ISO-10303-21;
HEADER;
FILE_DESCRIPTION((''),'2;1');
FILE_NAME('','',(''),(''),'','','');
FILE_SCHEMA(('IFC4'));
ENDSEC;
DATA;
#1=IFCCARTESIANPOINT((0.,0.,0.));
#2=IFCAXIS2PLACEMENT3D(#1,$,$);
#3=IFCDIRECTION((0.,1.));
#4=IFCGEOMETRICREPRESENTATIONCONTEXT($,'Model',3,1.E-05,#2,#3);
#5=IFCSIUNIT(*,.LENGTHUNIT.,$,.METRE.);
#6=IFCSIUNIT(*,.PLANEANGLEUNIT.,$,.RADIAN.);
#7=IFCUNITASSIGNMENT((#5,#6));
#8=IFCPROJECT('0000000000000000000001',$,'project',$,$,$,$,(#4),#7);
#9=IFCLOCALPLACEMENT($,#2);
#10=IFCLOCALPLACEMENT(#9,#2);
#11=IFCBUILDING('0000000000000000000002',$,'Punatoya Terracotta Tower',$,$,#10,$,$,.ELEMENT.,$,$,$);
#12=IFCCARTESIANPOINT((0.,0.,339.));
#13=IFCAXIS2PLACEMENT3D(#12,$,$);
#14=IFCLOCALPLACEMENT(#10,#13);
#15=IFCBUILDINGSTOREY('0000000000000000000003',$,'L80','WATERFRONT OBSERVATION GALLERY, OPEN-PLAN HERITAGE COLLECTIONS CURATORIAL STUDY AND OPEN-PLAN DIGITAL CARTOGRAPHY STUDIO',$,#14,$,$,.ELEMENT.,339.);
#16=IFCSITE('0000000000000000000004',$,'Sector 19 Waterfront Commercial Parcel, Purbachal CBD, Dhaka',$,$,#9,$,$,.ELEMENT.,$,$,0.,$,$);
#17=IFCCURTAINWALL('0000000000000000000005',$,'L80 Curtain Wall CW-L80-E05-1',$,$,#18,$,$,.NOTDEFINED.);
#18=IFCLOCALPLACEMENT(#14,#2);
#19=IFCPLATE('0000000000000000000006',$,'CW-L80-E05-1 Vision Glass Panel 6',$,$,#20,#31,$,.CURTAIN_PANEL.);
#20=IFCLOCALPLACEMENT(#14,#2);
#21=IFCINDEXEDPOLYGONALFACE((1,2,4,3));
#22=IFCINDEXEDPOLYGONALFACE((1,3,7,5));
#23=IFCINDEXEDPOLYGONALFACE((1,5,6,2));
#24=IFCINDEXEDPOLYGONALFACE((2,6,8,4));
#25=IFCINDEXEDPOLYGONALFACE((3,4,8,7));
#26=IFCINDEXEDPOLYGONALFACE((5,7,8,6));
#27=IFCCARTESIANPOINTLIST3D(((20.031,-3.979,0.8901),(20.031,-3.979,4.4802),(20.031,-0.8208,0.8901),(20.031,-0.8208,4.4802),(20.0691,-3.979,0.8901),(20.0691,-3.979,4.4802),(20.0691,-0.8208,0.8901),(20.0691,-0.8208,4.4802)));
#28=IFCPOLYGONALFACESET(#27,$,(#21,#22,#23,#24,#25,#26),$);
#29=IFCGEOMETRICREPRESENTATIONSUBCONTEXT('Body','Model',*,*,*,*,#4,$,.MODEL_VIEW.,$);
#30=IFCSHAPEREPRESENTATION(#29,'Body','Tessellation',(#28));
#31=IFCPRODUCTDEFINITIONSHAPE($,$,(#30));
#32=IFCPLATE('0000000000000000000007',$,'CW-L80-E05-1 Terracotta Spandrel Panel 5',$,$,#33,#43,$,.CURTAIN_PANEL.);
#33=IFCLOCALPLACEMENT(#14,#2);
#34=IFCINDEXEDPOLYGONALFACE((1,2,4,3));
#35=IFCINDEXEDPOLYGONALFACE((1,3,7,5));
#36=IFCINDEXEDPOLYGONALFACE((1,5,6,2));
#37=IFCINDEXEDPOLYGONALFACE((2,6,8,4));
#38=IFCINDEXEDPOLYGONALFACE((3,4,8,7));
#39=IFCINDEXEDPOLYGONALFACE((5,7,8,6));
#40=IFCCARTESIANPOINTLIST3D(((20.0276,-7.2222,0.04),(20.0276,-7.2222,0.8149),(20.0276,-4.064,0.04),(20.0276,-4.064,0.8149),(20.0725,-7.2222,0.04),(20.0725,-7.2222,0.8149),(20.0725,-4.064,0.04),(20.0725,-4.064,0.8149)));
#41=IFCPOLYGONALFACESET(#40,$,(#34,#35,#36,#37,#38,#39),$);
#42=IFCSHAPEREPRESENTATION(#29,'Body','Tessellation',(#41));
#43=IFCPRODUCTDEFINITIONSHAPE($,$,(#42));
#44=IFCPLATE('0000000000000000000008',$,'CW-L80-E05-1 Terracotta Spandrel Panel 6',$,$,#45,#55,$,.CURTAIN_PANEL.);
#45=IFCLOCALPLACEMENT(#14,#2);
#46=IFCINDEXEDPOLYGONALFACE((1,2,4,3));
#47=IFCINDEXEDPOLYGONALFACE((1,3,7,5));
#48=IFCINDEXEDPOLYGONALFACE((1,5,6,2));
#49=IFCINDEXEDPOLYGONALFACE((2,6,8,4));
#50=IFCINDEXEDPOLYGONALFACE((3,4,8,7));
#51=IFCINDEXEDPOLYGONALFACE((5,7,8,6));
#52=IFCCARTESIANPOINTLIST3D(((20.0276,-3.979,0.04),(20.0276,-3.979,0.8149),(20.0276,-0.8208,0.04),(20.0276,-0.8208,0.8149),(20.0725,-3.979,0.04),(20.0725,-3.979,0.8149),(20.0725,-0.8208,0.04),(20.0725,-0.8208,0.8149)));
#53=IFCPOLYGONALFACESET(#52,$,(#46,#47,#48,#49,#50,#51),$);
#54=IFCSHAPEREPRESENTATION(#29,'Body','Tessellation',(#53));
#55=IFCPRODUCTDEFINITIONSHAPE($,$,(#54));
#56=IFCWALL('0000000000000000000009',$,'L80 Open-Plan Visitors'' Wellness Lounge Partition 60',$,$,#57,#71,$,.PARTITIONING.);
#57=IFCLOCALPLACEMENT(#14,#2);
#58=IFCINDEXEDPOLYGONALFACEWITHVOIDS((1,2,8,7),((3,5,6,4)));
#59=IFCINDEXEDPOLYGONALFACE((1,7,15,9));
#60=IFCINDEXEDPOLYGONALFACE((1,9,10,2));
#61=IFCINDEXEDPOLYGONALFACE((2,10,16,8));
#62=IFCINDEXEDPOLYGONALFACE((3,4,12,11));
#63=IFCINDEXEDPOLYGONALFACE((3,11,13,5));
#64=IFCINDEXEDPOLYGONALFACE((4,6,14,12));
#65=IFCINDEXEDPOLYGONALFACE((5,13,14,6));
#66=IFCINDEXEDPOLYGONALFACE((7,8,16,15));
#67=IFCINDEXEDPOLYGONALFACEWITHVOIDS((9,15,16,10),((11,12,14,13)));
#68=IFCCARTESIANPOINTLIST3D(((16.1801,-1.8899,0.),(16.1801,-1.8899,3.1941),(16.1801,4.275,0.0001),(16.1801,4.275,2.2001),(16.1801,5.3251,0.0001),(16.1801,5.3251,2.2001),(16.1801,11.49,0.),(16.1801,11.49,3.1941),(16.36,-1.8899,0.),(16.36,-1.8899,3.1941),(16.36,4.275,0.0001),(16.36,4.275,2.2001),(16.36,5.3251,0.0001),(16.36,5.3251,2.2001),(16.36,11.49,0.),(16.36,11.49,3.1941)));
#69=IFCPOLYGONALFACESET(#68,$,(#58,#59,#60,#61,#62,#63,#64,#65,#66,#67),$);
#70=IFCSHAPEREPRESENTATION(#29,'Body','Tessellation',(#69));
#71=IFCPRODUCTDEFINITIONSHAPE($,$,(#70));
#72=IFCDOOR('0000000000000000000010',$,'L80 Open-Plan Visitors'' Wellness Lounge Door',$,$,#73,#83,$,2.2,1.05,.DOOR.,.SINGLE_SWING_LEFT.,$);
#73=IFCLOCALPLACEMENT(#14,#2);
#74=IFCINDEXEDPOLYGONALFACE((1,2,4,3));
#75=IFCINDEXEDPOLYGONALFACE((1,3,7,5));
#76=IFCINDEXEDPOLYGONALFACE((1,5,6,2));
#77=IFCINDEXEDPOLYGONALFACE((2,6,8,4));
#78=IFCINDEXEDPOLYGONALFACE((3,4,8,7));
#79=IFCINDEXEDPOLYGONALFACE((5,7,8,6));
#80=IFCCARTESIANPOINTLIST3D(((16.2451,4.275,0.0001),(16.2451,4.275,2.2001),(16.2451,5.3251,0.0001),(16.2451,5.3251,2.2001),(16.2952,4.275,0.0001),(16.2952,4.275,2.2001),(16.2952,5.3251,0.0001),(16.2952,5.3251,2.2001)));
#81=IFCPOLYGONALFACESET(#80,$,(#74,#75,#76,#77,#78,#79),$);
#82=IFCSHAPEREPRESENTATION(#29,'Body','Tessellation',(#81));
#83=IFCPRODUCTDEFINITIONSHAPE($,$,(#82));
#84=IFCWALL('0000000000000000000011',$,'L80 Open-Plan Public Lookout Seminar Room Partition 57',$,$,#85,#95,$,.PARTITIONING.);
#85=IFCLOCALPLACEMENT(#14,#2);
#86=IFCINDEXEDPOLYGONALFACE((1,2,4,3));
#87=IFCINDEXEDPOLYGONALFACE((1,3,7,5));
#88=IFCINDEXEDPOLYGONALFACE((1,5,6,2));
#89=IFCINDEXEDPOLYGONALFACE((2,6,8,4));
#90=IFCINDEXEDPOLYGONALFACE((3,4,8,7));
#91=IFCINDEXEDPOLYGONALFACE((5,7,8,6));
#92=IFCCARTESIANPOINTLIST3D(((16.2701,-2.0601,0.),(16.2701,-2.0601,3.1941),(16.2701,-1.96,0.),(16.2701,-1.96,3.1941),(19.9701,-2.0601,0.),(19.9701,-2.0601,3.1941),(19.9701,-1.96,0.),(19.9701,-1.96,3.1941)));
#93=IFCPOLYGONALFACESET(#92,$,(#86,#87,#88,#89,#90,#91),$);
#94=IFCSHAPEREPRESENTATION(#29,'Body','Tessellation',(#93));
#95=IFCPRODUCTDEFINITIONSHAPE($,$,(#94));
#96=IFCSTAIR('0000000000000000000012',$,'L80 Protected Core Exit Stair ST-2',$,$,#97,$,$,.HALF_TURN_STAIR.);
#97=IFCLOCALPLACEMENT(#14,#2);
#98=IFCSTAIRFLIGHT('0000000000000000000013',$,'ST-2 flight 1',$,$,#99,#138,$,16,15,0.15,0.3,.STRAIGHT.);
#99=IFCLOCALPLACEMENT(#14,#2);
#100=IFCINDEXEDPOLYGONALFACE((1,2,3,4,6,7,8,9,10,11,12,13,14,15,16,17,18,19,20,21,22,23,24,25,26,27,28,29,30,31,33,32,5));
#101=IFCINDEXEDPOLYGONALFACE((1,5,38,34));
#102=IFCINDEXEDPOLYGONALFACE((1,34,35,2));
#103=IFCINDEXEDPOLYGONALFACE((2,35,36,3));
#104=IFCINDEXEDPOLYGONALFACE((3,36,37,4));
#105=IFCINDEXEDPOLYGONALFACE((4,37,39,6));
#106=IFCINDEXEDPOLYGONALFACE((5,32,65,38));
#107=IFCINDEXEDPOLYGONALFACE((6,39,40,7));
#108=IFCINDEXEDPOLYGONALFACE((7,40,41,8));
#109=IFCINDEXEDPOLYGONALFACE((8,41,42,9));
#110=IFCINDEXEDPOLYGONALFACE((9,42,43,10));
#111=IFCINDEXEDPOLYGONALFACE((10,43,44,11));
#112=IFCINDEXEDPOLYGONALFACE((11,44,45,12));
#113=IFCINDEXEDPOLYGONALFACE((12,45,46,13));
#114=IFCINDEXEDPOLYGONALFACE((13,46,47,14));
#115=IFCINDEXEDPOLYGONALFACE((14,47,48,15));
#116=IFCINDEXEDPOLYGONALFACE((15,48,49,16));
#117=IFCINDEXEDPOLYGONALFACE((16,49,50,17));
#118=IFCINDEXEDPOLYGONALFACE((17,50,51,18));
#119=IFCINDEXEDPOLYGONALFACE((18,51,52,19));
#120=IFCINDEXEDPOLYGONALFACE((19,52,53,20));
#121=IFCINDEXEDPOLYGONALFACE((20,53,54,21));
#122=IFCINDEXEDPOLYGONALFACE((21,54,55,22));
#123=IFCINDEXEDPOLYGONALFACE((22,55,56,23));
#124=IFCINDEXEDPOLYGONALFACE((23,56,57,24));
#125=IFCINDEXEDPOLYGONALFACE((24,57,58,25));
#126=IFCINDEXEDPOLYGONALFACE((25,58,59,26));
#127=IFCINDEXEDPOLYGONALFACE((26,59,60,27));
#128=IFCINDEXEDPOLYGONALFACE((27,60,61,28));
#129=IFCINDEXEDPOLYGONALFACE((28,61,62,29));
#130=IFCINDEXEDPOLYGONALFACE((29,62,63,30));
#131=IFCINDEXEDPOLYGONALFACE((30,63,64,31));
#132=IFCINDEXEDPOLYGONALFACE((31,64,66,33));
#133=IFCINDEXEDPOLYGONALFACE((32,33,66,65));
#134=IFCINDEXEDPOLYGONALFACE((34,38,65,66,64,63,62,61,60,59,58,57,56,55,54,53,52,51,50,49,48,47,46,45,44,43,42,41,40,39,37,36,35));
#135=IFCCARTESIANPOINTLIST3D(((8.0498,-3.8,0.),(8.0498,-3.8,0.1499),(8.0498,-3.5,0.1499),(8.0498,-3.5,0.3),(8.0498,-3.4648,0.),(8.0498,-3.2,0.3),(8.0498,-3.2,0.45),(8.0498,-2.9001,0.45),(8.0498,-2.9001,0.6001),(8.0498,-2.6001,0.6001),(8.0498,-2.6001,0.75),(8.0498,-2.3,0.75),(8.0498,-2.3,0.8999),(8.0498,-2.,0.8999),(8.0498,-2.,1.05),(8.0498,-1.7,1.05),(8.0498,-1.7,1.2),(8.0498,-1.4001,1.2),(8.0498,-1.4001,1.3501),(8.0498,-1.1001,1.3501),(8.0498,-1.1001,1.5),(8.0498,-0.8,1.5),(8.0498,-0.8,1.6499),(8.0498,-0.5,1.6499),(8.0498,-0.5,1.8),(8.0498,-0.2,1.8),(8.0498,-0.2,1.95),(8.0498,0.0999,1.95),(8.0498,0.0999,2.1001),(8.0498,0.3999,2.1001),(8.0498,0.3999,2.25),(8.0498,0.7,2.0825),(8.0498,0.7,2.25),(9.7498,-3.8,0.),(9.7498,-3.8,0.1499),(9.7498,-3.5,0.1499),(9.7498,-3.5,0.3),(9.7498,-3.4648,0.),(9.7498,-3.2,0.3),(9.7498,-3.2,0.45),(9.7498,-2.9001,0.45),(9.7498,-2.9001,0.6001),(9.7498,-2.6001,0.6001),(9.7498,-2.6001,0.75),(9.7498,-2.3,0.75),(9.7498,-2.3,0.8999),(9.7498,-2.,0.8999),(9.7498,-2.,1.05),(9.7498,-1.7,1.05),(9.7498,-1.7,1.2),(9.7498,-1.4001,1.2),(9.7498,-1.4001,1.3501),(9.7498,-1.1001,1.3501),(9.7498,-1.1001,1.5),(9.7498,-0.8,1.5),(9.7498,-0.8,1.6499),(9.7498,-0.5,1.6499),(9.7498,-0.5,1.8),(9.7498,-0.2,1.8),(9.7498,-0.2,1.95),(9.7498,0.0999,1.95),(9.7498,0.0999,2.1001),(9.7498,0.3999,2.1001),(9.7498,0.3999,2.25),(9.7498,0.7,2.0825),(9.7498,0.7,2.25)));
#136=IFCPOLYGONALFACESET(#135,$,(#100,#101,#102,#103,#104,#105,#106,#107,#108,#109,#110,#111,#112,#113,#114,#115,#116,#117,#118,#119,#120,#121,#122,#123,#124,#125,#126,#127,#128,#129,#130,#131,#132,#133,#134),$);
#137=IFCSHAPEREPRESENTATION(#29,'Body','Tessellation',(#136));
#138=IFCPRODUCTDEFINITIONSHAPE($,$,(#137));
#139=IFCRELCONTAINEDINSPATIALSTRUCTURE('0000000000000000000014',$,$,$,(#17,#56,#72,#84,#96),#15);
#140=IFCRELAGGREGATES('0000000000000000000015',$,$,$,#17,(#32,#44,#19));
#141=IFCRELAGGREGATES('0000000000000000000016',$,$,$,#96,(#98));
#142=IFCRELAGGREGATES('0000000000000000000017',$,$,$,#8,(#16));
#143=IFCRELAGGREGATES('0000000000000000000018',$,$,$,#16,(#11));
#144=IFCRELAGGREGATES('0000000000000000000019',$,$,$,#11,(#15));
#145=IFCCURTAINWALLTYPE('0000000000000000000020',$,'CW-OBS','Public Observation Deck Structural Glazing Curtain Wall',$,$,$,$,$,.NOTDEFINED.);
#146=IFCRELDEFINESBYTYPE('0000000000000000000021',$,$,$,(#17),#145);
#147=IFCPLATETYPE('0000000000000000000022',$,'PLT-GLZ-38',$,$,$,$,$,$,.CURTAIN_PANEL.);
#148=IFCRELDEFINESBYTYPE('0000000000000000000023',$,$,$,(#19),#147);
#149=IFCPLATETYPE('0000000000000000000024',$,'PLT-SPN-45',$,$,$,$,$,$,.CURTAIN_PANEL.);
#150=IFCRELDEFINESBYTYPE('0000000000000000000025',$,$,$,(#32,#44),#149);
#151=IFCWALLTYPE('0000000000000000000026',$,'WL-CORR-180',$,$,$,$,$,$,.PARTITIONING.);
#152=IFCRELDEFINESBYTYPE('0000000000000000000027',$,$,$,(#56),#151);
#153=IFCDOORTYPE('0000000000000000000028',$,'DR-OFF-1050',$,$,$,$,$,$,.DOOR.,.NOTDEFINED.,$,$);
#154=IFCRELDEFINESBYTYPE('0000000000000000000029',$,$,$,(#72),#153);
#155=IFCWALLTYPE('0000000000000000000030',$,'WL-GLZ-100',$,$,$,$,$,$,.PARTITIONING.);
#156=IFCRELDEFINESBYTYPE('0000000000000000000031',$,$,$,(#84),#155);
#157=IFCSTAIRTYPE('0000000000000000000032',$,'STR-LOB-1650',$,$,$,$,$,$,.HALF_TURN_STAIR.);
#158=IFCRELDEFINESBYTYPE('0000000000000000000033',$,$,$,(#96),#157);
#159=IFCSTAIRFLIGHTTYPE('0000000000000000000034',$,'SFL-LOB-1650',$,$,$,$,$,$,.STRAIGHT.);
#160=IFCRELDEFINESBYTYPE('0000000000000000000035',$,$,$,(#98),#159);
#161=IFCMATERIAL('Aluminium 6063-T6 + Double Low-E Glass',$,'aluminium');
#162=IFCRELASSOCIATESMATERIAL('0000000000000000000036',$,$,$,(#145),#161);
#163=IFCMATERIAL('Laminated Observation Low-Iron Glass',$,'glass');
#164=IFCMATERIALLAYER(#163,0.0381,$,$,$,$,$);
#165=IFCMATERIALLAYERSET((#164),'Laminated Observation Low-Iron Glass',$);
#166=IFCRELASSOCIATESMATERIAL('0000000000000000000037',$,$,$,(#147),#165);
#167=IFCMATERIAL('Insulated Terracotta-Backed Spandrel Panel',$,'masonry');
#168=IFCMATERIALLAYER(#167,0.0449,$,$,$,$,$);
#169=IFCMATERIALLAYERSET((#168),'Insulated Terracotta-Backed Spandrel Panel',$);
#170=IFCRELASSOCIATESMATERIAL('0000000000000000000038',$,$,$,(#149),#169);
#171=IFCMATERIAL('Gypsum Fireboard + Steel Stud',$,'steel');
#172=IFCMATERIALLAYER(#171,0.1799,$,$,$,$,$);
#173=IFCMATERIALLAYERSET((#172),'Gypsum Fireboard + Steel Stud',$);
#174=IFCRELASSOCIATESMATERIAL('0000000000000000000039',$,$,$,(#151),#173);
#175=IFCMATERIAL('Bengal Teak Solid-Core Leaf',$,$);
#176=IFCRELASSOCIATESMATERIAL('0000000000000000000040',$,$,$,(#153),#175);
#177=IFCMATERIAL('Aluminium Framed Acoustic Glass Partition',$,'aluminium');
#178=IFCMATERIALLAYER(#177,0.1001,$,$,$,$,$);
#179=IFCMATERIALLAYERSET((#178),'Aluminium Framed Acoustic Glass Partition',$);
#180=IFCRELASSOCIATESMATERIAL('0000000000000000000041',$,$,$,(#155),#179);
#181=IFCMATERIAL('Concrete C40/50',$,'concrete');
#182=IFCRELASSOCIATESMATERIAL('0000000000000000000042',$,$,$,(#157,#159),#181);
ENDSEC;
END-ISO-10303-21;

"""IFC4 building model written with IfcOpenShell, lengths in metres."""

from ifc_helpers import new_model, si_unit, direction, frame, frame_2d, origin, origin_2d, place, context, subcontext, project, spatial, polyline, rectangle, outline, extrude, material, layer, layer_set, type_object, element, fill, aggregate, save


model = new_model("IFC4")

# Units and contexts
model_context = context("Model", 3, precision=1e-05, world=origin(), true_north=direction((0.0, 1.0)))
body_context = subcontext(model_context, "Body", "Model", "MODEL_VIEW")
ifc_project = project(units=[si_unit("LENGTHUNIT", "METRE"), si_unit("PLANEANGLEUNIT", "RADIAN")], contexts=[model_context])

# Site, building, storey
site_placement = place(None, origin())
site = spatial("IfcSite", under=ifc_project, at=site_placement, Name="Sector 19 Waterfront Commercial Parcel, Purbachal CBD, Dhaka", CompositionType="ELEMENT", RefElevation=0.0)
building_placement = place(site_placement, origin())
building = spatial("IfcBuilding", under=site, at=building_placement, Name="Punatoya Terracotta Tower", CompositionType="ELEMENT")
storey_placement = place(building_placement, frame((0.0, 0.0, 339.0)))
storey = spatial("IfcBuildingStorey", under=building, at=storey_placement, Name="L80", Description="WATERFRONT OBSERVATION GALLERY, OPEN-PLAN HERITAGE COLLECTIONS CURATORIAL STUDY AND OPEN-PLAN DIGITAL CARTOGRAPHY STUDIO", CompositionType="ELEMENT", Elevation=339.0)

# Curtain wall, plates
ifc_material_1 = material(Name="Aluminium 6063-T6 + Double Low-E Glass", Category="aluminium")
curtain_wall_type = type_object("IfcCurtainWallType", Name="CW-OBS", Description="Public Observation Deck Structural Glazing Curtain Wall", PredefinedType="NOTDEFINED", material=ifc_material_1)
curtain_wall_placement = place(storey_placement, origin())
curtain_wall = element("IfcCurtainWall", 1, at=curtain_wall_placement, inside=storey, type_object=curtain_wall_type, Name="L80 Curtain Wall CW-L80-E05-1", PredefinedType="NOTDEFINED")
ifc_material_2 = material(Name="Laminated Observation Low-Iron Glass", Category="glass")
ifc_layer_1 = layer(ifc_material_2, 0.0381)
ifc_layer_set_1 = layer_set([ifc_layer_1], Name="Laminated Observation Low-Iron Glass")
plate_type_1 = type_object("IfcPlateType", Name="PLT-GLZ-38", PredefinedType="CURTAIN_PANEL", material=ifc_layer_set_1)
plate_1_placement = place(storey_placement, frame((20.05, -2.3999, 0.8901), z_axis=(0.0, 0.0, 1.0), x_axis=(0.0, 1.0, 0.0)))
plate_1 = element("IfcPlate", 2, at=plate_1_placement, type_object=plate_type_1, Name="CW-L80-E05-1 Vision Glass Panel 6", PredefinedType="CURTAIN_PANEL", context=body_context, shape_type="SweptSolid", body=[
    extrude(rectangle(XDim=3.1582, YDim=0.0381, at=origin_2d()), origin(), (0.0, 0.0, 1.0), 3.5901),
])
ifc_material_3 = material(Name="Insulated Terracotta-Backed Spandrel Panel", Category="masonry")
ifc_layer_2 = layer(ifc_material_3, 0.0449)
ifc_layer_set_2 = layer_set([ifc_layer_2], Name="Insulated Terracotta-Backed Spandrel Panel")
plate_type_2 = type_object("IfcPlateType", Name="PLT-SPN-45", PredefinedType="CURTAIN_PANEL", material=ifc_layer_set_2)
plate_2_placement = place(storey_placement, frame((20.05, -5.6431, 0.04), z_axis=(0.0, 0.0, 1.0), x_axis=(0.0, 1.0, 0.0)))
plate_2 = element("IfcPlate", 3, at=plate_2_placement, type_object=plate_type_2, Name="CW-L80-E05-1 Terracotta Spandrel Panel 5", PredefinedType="CURTAIN_PANEL", context=body_context, shape_type="SweptSolid", body=[
    extrude(rectangle(XDim=3.1582, YDim=0.0449, at=origin_2d()), origin(), (0.0, 0.0, 1.0), 0.7749),
])
plate_3_placement = place(storey_placement, frame((20.05, -2.3999, 0.04), z_axis=(0.0, 0.0, 1.0), x_axis=(0.0, 1.0, 0.0)))
plate_3 = element("IfcPlate", 4, at=plate_3_placement, type_object=plate_type_2, Name="CW-L80-E05-1 Terracotta Spandrel Panel 6", PredefinedType="CURTAIN_PANEL", context=body_context, shape_type="SweptSolid", body=[
    extrude(rectangle(XDim=3.1582, YDim=0.0449, at=origin_2d()), origin(), (0.0, 0.0, 1.0), 0.7749),
])
aggregate(curtain_wall, [plate_2, plate_3, plate_1])

# Wall, opening, door
ifc_material_4 = material(Name="Gypsum Fireboard + Steel Stud", Category="steel")
ifc_layer_3 = layer(ifc_material_4, 0.1799)
ifc_layer_set_3 = layer_set([ifc_layer_3], Name="Gypsum Fireboard + Steel Stud")
wall_type_1 = type_object("IfcWallType", Name="WL-CORR-180", PredefinedType="PARTITIONING", material=ifc_layer_set_3)
wall_1_placement = place(storey_placement, frame((16.27, -1.8899, 0.0), z_axis=(0.0, 0.0, 1.0), x_axis=(0.0, 1.0, 0.0)))
wall_1 = element("IfcWall", 5, at=wall_1_placement, inside=storey, type_object=wall_type_1, Name="L80 Open-Plan Visitors' Wellness Lounge Partition 60", PredefinedType="PARTITIONING", context=body_context, shape_type="SweptSolid", body=[
    extrude(rectangle(XDim=13.3799, YDim=0.1799, at=frame_2d((6.6899, 0.0))), origin(), (0.0, 0.0, 1.0), 3.1941),
])
opening_placement = place(wall_1_placement, frame((6.165, 0.0, 0.0)))
opening = element("IfcOpeningElement", 6, at=opening_placement, cuts=wall_1, PredefinedType="OPENING", context=body_context, shape_type="SweptSolid", body=[
    extrude(rectangle(XDim=1.05, YDim=2.2, at=frame_2d((0.5249, 1.1001))), frame((0.0, 0.0999, 0.0), z_axis=(0.0, -1.0, 0.0), x_axis=(1.0, 0.0, 0.0)), (0.0, 0.0, 1.0), 0.2),
])
ifc_material_5 = material(Name="Bengal Teak Solid-Core Leaf")
door_type = type_object("IfcDoorType", Name="DR-OFF-1050", OperationType="NOTDEFINED", PredefinedType="DOOR", material=ifc_material_5)
door_placement = place(opening_placement, origin())
door = element("IfcDoor", 7, at=door_placement, inside=storey, type_object=door_type, Name="L80 Open-Plan Visitors' Wellness Lounge Door", OperationType="SINGLE_SWING_LEFT", OverallHeight=2.2, OverallWidth=1.05, PredefinedType="DOOR", context=body_context, shape_type="SweptSolid", body=[
    extrude(rectangle(XDim=1.05, YDim=2.2, at=frame_2d((0.5249, 1.1001))), frame((0.0, 0.0249, 0.0), z_axis=(0.0, -1.0, 0.0), x_axis=(1.0, 0.0, 0.0)), (0.0, 0.0, 1.0), 0.05),
])
fill(opening, door)

# Wall
ifc_material_6 = material(Name="Aluminium Framed Acoustic Glass Partition", Category="aluminium")
ifc_layer_4 = layer(ifc_material_6, 0.1001)
ifc_layer_set_4 = layer_set([ifc_layer_4], Name="Aluminium Framed Acoustic Glass Partition")
wall_type_2 = type_object("IfcWallType", Name="WL-GLZ-100", PredefinedType="PARTITIONING", material=ifc_layer_set_4)
wall_2_placement = place(storey_placement, frame((16.27, -2.01, 0.0), z_axis=(0.0, 0.0, 1.0), x_axis=(1.0, 0.0, 0.0)))
element("IfcWall", 8, at=wall_2_placement, inside=storey, type_object=wall_type_2, Name="L80 Open-Plan Public Lookout Seminar Room Partition 57", PredefinedType="PARTITIONING", context=body_context, shape_type="SweptSolid", body=[
    extrude(rectangle(XDim=3.7, YDim=0.1001, at=frame_2d((1.8501, 0.0))), origin(), (0.0, 0.0, 1.0), 3.1941),
])

# Stair, stair flight
ifc_material_7 = material(Name="Concrete C40/50", Category="concrete")
stair_type = type_object("IfcStairType", Name="STR-LOB-1650", PredefinedType="HALF_TURN_STAIR", material=ifc_material_7)
stair_placement = place(storey_placement, origin())
stair = element("IfcStair", 9, at=stair_placement, inside=storey, type_object=stair_type, Name="L80 Protected Core Exit Stair ST-2", PredefinedType="HALF_TURN_STAIR")
stair_flight_type = type_object("IfcStairFlightType", Name="SFL-LOB-1650", PredefinedType="STRAIGHT", material=ifc_material_7)
stair_flight_placement = place(storey_placement, frame((8.8999, -3.8, 0.0), z_axis=(0.0, 0.0, 1.0), x_axis=(0.0, 1.0, 0.0)))
stair_flight = element("IfcStairFlight", 10, at=stair_flight_placement, type_object=stair_flight_type, Name="ST-2 flight 1", NumberOfRisers=16, NumberOfTreads=15, PredefinedType="STRAIGHT", RiserHeight=0.15, TreadLength=0.3, context=body_context, shape_type="SweptSolid", body=[
    extrude(outline(polyline([(0.0, 0.0), (0.0, 0.1499), (0.3, 0.1499), (0.3, 0.3), (0.6001, 0.3), (0.6001, 0.45), (0.8999, 0.45), (0.8999, 0.6001), (1.2, 0.6001), (1.2, 0.75), (1.5, 0.75), (1.5, 0.8999), (1.8, 0.8999), (1.8, 1.05), (2.1001, 1.05), (2.1001, 1.2), (2.3999, 1.2), (2.3999, 1.3501), (2.7, 1.3501), (2.7, 1.5), (3.0, 1.5), (3.0, 1.6499), (3.3, 1.6499), (3.3, 1.8), (3.6001, 1.8), (3.6001, 1.95), (3.8999, 1.95), (3.8999, 2.1001), (4.2, 2.1001), (4.2, 2.25), (4.5, 2.25), (4.5, 2.3999), (4.5, 2.0825), (0.3352, 0.0), (0.0, 0.0)])), frame((0.0, 0.8501, 0.0), z_axis=(0.0, -1.0, 0.0), x_axis=(1.0, 0.0, 0.0)), (0.0, 0.0, 1.0), 1.7),
])
aggregate(stair, [stair_flight])

save(model, "model.ifc")
